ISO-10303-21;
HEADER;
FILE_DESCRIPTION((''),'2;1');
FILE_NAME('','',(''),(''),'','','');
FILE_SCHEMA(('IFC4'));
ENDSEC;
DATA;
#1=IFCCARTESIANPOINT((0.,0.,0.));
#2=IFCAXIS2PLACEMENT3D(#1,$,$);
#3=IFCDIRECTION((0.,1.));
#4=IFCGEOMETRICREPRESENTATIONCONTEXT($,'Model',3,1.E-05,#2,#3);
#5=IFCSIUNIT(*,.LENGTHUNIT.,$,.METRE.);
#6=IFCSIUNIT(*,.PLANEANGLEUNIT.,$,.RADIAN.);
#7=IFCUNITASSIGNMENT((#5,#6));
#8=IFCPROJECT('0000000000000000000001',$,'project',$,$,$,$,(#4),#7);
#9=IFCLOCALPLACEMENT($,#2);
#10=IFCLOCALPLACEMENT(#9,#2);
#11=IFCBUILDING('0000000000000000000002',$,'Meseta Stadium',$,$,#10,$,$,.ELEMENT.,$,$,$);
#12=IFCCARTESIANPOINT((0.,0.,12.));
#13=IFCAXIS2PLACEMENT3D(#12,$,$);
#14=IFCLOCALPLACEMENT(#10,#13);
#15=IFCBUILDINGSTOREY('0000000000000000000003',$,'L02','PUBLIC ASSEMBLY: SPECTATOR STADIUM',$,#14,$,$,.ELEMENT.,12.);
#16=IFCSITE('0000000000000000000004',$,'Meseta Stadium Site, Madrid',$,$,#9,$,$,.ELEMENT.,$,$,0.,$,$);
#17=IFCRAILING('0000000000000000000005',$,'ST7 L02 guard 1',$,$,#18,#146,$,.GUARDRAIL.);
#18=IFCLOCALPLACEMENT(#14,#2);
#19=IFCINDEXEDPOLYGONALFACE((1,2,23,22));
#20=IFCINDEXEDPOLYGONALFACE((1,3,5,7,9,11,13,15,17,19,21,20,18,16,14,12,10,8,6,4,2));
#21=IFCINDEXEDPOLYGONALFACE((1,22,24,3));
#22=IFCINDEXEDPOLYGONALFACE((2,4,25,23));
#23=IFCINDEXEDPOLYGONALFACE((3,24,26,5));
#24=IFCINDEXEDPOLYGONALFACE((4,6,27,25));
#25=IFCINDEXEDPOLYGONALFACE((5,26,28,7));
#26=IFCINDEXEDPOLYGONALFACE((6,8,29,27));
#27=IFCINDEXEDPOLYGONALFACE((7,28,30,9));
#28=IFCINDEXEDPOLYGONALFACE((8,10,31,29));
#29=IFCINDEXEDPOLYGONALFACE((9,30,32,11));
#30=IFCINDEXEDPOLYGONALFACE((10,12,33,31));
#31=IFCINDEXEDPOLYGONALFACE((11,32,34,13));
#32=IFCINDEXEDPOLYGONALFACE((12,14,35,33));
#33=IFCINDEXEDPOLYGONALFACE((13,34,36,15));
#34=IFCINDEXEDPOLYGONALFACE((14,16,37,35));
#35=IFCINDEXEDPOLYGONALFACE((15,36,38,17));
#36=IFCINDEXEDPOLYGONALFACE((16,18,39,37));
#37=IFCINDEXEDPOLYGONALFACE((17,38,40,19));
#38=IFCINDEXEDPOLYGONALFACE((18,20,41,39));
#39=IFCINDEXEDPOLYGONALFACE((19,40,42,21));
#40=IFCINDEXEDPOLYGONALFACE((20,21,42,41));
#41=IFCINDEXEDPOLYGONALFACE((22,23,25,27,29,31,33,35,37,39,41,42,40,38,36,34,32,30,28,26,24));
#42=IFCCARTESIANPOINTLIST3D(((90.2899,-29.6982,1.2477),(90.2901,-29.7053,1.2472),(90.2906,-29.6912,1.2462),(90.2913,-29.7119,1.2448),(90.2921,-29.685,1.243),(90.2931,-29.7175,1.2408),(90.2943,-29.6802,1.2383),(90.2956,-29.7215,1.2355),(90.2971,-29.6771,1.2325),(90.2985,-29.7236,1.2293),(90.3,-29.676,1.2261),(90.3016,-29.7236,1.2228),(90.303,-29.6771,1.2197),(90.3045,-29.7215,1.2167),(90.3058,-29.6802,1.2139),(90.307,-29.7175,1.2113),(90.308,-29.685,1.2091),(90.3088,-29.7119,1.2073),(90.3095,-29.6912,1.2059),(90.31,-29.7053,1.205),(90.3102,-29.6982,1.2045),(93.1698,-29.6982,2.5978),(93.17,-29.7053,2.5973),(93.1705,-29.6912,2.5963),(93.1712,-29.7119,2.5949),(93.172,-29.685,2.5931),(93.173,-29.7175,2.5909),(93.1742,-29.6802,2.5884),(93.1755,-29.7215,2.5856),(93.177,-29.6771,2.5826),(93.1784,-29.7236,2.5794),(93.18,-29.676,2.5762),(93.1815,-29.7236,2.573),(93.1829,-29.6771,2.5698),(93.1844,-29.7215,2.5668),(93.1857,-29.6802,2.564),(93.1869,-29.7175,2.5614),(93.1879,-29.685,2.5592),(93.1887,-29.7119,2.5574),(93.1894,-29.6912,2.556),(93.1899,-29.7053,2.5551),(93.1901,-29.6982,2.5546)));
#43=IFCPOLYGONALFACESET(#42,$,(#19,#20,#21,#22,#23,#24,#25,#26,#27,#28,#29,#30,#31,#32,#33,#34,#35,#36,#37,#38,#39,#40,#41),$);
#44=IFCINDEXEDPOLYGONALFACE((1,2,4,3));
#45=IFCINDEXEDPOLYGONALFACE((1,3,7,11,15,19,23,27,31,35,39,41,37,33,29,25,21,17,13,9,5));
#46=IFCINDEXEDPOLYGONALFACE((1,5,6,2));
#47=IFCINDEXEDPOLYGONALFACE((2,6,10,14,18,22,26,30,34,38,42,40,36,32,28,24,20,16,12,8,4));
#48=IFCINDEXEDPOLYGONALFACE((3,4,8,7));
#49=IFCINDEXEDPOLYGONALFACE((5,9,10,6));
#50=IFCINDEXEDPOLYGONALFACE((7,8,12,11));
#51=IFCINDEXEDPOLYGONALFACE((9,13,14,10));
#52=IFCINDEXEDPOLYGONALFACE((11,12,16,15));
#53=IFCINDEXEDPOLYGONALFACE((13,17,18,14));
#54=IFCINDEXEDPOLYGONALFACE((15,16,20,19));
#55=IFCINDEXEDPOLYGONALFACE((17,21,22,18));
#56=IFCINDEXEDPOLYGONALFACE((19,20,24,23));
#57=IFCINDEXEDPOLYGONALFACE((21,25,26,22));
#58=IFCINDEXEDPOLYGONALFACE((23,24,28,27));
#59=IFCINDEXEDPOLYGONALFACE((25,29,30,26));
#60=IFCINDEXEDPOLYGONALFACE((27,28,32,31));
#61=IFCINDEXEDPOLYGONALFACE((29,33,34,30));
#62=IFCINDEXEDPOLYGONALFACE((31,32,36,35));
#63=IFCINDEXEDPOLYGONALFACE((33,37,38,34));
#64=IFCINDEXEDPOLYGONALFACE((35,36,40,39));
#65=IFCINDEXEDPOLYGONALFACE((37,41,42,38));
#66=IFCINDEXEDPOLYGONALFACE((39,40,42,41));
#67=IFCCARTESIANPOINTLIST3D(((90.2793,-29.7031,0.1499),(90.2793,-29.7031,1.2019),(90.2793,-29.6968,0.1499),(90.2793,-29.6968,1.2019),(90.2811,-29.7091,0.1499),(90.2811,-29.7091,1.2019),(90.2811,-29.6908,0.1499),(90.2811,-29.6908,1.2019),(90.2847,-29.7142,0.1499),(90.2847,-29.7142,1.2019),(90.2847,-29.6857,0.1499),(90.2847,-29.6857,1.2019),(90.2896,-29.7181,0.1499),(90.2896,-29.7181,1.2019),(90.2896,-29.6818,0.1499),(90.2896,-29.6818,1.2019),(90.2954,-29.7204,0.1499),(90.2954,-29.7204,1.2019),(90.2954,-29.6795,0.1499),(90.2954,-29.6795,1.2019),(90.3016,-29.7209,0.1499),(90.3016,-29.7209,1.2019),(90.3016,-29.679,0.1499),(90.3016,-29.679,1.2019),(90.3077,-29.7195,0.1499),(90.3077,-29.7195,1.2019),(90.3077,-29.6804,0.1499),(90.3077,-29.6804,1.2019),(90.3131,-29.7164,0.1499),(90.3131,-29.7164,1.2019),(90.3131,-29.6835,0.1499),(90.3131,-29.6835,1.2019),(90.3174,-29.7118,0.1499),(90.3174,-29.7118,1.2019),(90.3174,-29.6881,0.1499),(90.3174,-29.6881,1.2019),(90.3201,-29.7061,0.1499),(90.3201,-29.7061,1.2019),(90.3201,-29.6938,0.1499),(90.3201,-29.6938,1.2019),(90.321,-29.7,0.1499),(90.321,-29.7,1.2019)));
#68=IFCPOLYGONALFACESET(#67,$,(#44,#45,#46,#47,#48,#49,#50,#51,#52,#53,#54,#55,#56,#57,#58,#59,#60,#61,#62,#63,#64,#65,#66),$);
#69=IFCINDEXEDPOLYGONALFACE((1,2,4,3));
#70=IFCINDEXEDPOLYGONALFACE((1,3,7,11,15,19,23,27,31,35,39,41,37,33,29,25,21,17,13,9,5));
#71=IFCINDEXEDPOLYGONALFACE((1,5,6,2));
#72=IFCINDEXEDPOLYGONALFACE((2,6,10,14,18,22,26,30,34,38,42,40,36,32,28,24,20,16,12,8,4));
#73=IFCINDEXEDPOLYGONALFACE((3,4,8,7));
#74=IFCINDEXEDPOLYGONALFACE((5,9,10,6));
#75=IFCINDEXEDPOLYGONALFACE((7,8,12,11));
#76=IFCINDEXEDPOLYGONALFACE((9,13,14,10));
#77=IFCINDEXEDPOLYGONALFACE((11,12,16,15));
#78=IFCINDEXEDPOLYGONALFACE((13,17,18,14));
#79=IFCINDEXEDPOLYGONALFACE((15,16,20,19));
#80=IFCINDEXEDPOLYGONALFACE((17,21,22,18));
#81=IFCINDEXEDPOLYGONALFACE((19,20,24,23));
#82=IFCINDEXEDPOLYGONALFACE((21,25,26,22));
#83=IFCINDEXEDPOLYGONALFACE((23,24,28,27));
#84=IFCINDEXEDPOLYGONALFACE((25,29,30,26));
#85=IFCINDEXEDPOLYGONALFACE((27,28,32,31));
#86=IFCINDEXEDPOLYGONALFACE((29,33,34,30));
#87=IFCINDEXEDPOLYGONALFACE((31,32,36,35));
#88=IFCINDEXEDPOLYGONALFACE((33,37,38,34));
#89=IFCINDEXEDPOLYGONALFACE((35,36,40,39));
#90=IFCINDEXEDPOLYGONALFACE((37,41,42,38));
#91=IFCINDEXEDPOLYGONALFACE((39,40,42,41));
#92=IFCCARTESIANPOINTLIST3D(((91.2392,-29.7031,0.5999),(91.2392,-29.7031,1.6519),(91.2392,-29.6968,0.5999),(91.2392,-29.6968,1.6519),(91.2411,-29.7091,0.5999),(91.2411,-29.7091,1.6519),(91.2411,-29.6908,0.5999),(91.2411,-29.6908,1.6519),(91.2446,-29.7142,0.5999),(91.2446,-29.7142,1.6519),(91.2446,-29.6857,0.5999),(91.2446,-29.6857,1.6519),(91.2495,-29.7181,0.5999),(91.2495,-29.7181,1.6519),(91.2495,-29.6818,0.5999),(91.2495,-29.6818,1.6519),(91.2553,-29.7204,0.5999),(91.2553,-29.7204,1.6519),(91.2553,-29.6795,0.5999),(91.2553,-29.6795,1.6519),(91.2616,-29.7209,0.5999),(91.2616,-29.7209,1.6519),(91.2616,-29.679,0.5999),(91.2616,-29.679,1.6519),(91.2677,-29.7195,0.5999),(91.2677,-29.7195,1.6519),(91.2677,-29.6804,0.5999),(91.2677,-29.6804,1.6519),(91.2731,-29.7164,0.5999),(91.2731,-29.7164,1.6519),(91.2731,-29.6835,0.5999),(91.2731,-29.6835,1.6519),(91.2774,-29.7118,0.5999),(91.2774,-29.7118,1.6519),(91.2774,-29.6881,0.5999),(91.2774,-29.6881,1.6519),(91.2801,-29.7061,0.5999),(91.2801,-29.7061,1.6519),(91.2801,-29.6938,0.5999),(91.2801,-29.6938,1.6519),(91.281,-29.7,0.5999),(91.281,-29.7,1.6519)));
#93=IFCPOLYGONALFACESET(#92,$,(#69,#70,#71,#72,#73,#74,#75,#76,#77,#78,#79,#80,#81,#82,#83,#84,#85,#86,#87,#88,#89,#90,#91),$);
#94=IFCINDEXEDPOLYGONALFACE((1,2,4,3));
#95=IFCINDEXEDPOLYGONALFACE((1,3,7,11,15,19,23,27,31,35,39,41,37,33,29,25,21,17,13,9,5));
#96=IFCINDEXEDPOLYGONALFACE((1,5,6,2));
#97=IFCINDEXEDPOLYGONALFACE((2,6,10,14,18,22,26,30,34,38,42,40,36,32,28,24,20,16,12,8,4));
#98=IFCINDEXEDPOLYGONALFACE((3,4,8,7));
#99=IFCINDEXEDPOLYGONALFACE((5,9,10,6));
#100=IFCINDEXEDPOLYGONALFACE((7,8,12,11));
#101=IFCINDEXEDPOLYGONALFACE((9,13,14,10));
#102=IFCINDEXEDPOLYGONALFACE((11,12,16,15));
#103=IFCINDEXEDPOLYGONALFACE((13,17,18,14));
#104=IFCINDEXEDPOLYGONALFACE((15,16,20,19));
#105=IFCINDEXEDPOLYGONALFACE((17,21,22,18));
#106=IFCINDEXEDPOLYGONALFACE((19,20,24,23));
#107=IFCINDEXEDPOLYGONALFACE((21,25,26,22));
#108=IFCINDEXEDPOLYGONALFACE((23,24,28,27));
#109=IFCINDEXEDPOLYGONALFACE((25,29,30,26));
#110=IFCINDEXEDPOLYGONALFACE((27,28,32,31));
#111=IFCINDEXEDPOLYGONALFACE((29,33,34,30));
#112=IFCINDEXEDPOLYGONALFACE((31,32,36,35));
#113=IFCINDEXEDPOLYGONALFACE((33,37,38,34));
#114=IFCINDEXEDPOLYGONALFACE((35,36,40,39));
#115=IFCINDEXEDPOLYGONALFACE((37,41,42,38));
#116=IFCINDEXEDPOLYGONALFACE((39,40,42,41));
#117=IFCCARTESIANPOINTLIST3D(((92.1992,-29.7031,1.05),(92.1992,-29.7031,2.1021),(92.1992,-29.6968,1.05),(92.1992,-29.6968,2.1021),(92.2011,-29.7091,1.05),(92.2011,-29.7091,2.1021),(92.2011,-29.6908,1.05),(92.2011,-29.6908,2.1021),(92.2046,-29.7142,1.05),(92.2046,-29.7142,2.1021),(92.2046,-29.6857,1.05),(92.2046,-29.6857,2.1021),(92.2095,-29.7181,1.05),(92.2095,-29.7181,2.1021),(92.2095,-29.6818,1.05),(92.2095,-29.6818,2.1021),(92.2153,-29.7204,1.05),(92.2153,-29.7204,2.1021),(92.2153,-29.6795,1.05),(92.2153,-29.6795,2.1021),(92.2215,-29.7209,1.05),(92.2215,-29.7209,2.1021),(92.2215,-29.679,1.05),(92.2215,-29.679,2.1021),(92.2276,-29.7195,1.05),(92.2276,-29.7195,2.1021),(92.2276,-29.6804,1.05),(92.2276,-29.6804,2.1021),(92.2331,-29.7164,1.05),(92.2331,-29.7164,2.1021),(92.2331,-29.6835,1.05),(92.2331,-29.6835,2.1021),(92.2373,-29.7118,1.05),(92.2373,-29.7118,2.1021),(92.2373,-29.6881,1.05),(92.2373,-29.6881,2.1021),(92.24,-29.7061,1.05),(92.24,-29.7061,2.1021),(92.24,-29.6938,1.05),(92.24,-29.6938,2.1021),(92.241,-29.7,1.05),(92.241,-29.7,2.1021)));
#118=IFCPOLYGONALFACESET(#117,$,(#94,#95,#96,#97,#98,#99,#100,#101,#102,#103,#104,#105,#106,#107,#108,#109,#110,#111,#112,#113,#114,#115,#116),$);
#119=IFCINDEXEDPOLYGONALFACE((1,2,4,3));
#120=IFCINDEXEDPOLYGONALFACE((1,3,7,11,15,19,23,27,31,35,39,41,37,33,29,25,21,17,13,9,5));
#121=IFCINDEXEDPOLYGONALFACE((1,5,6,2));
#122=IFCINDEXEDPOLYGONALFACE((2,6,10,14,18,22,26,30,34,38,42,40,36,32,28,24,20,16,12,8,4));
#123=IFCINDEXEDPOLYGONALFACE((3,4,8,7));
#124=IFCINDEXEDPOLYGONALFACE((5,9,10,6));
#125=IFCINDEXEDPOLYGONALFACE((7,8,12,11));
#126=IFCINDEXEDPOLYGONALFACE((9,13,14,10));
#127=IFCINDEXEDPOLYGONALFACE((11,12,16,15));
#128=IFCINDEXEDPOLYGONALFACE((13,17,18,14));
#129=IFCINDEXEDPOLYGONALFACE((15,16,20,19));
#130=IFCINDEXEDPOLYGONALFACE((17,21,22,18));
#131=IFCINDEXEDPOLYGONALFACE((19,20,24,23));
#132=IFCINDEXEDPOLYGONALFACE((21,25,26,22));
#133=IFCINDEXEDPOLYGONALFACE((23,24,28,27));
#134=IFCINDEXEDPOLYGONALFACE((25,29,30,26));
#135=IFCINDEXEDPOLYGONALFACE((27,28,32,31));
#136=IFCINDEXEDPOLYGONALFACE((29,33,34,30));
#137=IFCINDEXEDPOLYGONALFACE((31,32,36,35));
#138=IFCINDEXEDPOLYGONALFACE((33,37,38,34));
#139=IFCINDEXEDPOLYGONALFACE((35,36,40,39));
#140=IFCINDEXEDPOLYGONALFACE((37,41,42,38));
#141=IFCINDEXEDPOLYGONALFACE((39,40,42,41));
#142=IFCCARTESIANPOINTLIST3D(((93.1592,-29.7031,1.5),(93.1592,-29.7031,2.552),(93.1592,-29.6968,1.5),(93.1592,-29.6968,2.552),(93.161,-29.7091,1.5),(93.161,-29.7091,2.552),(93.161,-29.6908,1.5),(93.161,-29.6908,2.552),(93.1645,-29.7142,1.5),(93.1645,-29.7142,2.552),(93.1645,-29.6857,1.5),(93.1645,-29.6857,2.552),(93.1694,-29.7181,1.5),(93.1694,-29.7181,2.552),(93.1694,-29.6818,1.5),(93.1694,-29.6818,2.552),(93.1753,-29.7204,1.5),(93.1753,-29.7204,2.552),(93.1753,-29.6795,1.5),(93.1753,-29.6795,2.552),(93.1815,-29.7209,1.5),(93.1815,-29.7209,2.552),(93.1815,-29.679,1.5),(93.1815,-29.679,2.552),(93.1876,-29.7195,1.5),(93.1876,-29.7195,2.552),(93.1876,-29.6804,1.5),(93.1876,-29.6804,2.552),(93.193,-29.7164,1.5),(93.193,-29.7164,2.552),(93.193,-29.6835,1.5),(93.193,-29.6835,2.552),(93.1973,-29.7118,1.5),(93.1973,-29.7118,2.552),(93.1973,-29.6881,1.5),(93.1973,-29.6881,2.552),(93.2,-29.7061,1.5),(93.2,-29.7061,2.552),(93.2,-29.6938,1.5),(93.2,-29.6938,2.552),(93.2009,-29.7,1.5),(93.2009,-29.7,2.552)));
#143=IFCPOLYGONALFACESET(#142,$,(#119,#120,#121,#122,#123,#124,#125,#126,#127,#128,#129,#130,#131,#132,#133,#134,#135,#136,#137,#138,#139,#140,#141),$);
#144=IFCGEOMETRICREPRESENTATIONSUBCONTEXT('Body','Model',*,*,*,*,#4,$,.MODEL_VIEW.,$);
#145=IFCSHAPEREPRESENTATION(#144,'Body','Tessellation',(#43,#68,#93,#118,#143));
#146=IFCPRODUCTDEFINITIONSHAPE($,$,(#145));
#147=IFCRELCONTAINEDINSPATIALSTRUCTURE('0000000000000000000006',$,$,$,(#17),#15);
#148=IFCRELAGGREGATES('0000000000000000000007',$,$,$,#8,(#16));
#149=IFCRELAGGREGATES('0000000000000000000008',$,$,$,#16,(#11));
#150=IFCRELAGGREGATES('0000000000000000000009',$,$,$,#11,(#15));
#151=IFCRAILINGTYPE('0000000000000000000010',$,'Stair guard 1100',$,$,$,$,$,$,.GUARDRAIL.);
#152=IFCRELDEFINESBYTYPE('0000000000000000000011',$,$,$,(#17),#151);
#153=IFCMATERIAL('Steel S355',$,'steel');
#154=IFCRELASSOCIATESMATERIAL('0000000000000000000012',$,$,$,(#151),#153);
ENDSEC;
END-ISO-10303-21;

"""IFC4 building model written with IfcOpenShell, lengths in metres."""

from ifc_helpers import new_model, si_unit, direction, frame, origin, origin_2d, place, context, subcontext, project, spatial, circle, extrude, material, type_object, element, save


model = new_model("IFC4")

# Units and contexts
model_context = context("Model", 3, precision=1e-05, world=origin(), true_north=direction((0.0, 1.0)))
body_context = subcontext(model_context, "Body", "Model", "MODEL_VIEW")
ifc_project = project(units=[si_unit("LENGTHUNIT", "METRE"), si_unit("PLANEANGLEUNIT", "RADIAN")], contexts=[model_context])

# Site, building, storey
site_placement = place(None, origin())
site = spatial("IfcSite", under=ifc_project, at=site_placement, Name="Meseta Stadium Site, Madrid", CompositionType="ELEMENT", RefElevation=0.0)
building_placement = place(site_placement, origin())
building = spatial("IfcBuilding", under=site, at=building_placement, Name="Meseta Stadium", CompositionType="ELEMENT")
storey_placement = place(building_placement, frame((0.0, 0.0, 12.0)))
storey = spatial("IfcBuildingStorey", under=building, at=storey_placement, Name="L02", Description="PUBLIC ASSEMBLY: SPECTATOR STADIUM", CompositionType="ELEMENT", Elevation=12.0)

# Railing
ifc_material_1 = material(Name="Steel S355", Category="steel")
railing_type_1 = type_object("IfcRailingType", Name="Stair guard 1100", PredefinedType="GUARDRAIL", material=ifc_material_1)
railing_1_placement = place(storey_placement, frame((90.3, -29.7, 0.1499)))
element("IfcRailing", 1, at=railing_1_placement, inside=storey, type_object=railing_type_1, Name="ST7 L02 guard 1", PredefinedType="GUARDRAIL", context=body_context, shape_type="SweptSolid", body=[
    extrude(circle(Radius=0.0239, at=origin_2d()), frame((0.0, 0.0, 1.0762), z_axis=(0.90544, 0.0, 0.424473), x_axis=(0.0, 1.0, 0.0)), (0.0, 0.0, 1.0), 3.1807),
    extrude(circle(Radius=0.021, at=origin_2d()), origin(), (0.0, 0.0, 1.0), 1.052),
    extrude(circle(Radius=0.021, at=origin_2d()), frame((0.96, 0.0, 0.45)), (0.0, 0.0, 1.0), 1.052),
    extrude(circle(Radius=0.021, at=origin_2d()), frame((1.9199, 0.0, 0.9001)), (0.0, 0.0, 1.0), 1.052),
    extrude(circle(Radius=0.021, at=origin_2d()), frame((2.8799, 0.0, 1.3501)), (0.0, 0.0, 1.0), 1.052),
])

save(model, "model.ifc")
